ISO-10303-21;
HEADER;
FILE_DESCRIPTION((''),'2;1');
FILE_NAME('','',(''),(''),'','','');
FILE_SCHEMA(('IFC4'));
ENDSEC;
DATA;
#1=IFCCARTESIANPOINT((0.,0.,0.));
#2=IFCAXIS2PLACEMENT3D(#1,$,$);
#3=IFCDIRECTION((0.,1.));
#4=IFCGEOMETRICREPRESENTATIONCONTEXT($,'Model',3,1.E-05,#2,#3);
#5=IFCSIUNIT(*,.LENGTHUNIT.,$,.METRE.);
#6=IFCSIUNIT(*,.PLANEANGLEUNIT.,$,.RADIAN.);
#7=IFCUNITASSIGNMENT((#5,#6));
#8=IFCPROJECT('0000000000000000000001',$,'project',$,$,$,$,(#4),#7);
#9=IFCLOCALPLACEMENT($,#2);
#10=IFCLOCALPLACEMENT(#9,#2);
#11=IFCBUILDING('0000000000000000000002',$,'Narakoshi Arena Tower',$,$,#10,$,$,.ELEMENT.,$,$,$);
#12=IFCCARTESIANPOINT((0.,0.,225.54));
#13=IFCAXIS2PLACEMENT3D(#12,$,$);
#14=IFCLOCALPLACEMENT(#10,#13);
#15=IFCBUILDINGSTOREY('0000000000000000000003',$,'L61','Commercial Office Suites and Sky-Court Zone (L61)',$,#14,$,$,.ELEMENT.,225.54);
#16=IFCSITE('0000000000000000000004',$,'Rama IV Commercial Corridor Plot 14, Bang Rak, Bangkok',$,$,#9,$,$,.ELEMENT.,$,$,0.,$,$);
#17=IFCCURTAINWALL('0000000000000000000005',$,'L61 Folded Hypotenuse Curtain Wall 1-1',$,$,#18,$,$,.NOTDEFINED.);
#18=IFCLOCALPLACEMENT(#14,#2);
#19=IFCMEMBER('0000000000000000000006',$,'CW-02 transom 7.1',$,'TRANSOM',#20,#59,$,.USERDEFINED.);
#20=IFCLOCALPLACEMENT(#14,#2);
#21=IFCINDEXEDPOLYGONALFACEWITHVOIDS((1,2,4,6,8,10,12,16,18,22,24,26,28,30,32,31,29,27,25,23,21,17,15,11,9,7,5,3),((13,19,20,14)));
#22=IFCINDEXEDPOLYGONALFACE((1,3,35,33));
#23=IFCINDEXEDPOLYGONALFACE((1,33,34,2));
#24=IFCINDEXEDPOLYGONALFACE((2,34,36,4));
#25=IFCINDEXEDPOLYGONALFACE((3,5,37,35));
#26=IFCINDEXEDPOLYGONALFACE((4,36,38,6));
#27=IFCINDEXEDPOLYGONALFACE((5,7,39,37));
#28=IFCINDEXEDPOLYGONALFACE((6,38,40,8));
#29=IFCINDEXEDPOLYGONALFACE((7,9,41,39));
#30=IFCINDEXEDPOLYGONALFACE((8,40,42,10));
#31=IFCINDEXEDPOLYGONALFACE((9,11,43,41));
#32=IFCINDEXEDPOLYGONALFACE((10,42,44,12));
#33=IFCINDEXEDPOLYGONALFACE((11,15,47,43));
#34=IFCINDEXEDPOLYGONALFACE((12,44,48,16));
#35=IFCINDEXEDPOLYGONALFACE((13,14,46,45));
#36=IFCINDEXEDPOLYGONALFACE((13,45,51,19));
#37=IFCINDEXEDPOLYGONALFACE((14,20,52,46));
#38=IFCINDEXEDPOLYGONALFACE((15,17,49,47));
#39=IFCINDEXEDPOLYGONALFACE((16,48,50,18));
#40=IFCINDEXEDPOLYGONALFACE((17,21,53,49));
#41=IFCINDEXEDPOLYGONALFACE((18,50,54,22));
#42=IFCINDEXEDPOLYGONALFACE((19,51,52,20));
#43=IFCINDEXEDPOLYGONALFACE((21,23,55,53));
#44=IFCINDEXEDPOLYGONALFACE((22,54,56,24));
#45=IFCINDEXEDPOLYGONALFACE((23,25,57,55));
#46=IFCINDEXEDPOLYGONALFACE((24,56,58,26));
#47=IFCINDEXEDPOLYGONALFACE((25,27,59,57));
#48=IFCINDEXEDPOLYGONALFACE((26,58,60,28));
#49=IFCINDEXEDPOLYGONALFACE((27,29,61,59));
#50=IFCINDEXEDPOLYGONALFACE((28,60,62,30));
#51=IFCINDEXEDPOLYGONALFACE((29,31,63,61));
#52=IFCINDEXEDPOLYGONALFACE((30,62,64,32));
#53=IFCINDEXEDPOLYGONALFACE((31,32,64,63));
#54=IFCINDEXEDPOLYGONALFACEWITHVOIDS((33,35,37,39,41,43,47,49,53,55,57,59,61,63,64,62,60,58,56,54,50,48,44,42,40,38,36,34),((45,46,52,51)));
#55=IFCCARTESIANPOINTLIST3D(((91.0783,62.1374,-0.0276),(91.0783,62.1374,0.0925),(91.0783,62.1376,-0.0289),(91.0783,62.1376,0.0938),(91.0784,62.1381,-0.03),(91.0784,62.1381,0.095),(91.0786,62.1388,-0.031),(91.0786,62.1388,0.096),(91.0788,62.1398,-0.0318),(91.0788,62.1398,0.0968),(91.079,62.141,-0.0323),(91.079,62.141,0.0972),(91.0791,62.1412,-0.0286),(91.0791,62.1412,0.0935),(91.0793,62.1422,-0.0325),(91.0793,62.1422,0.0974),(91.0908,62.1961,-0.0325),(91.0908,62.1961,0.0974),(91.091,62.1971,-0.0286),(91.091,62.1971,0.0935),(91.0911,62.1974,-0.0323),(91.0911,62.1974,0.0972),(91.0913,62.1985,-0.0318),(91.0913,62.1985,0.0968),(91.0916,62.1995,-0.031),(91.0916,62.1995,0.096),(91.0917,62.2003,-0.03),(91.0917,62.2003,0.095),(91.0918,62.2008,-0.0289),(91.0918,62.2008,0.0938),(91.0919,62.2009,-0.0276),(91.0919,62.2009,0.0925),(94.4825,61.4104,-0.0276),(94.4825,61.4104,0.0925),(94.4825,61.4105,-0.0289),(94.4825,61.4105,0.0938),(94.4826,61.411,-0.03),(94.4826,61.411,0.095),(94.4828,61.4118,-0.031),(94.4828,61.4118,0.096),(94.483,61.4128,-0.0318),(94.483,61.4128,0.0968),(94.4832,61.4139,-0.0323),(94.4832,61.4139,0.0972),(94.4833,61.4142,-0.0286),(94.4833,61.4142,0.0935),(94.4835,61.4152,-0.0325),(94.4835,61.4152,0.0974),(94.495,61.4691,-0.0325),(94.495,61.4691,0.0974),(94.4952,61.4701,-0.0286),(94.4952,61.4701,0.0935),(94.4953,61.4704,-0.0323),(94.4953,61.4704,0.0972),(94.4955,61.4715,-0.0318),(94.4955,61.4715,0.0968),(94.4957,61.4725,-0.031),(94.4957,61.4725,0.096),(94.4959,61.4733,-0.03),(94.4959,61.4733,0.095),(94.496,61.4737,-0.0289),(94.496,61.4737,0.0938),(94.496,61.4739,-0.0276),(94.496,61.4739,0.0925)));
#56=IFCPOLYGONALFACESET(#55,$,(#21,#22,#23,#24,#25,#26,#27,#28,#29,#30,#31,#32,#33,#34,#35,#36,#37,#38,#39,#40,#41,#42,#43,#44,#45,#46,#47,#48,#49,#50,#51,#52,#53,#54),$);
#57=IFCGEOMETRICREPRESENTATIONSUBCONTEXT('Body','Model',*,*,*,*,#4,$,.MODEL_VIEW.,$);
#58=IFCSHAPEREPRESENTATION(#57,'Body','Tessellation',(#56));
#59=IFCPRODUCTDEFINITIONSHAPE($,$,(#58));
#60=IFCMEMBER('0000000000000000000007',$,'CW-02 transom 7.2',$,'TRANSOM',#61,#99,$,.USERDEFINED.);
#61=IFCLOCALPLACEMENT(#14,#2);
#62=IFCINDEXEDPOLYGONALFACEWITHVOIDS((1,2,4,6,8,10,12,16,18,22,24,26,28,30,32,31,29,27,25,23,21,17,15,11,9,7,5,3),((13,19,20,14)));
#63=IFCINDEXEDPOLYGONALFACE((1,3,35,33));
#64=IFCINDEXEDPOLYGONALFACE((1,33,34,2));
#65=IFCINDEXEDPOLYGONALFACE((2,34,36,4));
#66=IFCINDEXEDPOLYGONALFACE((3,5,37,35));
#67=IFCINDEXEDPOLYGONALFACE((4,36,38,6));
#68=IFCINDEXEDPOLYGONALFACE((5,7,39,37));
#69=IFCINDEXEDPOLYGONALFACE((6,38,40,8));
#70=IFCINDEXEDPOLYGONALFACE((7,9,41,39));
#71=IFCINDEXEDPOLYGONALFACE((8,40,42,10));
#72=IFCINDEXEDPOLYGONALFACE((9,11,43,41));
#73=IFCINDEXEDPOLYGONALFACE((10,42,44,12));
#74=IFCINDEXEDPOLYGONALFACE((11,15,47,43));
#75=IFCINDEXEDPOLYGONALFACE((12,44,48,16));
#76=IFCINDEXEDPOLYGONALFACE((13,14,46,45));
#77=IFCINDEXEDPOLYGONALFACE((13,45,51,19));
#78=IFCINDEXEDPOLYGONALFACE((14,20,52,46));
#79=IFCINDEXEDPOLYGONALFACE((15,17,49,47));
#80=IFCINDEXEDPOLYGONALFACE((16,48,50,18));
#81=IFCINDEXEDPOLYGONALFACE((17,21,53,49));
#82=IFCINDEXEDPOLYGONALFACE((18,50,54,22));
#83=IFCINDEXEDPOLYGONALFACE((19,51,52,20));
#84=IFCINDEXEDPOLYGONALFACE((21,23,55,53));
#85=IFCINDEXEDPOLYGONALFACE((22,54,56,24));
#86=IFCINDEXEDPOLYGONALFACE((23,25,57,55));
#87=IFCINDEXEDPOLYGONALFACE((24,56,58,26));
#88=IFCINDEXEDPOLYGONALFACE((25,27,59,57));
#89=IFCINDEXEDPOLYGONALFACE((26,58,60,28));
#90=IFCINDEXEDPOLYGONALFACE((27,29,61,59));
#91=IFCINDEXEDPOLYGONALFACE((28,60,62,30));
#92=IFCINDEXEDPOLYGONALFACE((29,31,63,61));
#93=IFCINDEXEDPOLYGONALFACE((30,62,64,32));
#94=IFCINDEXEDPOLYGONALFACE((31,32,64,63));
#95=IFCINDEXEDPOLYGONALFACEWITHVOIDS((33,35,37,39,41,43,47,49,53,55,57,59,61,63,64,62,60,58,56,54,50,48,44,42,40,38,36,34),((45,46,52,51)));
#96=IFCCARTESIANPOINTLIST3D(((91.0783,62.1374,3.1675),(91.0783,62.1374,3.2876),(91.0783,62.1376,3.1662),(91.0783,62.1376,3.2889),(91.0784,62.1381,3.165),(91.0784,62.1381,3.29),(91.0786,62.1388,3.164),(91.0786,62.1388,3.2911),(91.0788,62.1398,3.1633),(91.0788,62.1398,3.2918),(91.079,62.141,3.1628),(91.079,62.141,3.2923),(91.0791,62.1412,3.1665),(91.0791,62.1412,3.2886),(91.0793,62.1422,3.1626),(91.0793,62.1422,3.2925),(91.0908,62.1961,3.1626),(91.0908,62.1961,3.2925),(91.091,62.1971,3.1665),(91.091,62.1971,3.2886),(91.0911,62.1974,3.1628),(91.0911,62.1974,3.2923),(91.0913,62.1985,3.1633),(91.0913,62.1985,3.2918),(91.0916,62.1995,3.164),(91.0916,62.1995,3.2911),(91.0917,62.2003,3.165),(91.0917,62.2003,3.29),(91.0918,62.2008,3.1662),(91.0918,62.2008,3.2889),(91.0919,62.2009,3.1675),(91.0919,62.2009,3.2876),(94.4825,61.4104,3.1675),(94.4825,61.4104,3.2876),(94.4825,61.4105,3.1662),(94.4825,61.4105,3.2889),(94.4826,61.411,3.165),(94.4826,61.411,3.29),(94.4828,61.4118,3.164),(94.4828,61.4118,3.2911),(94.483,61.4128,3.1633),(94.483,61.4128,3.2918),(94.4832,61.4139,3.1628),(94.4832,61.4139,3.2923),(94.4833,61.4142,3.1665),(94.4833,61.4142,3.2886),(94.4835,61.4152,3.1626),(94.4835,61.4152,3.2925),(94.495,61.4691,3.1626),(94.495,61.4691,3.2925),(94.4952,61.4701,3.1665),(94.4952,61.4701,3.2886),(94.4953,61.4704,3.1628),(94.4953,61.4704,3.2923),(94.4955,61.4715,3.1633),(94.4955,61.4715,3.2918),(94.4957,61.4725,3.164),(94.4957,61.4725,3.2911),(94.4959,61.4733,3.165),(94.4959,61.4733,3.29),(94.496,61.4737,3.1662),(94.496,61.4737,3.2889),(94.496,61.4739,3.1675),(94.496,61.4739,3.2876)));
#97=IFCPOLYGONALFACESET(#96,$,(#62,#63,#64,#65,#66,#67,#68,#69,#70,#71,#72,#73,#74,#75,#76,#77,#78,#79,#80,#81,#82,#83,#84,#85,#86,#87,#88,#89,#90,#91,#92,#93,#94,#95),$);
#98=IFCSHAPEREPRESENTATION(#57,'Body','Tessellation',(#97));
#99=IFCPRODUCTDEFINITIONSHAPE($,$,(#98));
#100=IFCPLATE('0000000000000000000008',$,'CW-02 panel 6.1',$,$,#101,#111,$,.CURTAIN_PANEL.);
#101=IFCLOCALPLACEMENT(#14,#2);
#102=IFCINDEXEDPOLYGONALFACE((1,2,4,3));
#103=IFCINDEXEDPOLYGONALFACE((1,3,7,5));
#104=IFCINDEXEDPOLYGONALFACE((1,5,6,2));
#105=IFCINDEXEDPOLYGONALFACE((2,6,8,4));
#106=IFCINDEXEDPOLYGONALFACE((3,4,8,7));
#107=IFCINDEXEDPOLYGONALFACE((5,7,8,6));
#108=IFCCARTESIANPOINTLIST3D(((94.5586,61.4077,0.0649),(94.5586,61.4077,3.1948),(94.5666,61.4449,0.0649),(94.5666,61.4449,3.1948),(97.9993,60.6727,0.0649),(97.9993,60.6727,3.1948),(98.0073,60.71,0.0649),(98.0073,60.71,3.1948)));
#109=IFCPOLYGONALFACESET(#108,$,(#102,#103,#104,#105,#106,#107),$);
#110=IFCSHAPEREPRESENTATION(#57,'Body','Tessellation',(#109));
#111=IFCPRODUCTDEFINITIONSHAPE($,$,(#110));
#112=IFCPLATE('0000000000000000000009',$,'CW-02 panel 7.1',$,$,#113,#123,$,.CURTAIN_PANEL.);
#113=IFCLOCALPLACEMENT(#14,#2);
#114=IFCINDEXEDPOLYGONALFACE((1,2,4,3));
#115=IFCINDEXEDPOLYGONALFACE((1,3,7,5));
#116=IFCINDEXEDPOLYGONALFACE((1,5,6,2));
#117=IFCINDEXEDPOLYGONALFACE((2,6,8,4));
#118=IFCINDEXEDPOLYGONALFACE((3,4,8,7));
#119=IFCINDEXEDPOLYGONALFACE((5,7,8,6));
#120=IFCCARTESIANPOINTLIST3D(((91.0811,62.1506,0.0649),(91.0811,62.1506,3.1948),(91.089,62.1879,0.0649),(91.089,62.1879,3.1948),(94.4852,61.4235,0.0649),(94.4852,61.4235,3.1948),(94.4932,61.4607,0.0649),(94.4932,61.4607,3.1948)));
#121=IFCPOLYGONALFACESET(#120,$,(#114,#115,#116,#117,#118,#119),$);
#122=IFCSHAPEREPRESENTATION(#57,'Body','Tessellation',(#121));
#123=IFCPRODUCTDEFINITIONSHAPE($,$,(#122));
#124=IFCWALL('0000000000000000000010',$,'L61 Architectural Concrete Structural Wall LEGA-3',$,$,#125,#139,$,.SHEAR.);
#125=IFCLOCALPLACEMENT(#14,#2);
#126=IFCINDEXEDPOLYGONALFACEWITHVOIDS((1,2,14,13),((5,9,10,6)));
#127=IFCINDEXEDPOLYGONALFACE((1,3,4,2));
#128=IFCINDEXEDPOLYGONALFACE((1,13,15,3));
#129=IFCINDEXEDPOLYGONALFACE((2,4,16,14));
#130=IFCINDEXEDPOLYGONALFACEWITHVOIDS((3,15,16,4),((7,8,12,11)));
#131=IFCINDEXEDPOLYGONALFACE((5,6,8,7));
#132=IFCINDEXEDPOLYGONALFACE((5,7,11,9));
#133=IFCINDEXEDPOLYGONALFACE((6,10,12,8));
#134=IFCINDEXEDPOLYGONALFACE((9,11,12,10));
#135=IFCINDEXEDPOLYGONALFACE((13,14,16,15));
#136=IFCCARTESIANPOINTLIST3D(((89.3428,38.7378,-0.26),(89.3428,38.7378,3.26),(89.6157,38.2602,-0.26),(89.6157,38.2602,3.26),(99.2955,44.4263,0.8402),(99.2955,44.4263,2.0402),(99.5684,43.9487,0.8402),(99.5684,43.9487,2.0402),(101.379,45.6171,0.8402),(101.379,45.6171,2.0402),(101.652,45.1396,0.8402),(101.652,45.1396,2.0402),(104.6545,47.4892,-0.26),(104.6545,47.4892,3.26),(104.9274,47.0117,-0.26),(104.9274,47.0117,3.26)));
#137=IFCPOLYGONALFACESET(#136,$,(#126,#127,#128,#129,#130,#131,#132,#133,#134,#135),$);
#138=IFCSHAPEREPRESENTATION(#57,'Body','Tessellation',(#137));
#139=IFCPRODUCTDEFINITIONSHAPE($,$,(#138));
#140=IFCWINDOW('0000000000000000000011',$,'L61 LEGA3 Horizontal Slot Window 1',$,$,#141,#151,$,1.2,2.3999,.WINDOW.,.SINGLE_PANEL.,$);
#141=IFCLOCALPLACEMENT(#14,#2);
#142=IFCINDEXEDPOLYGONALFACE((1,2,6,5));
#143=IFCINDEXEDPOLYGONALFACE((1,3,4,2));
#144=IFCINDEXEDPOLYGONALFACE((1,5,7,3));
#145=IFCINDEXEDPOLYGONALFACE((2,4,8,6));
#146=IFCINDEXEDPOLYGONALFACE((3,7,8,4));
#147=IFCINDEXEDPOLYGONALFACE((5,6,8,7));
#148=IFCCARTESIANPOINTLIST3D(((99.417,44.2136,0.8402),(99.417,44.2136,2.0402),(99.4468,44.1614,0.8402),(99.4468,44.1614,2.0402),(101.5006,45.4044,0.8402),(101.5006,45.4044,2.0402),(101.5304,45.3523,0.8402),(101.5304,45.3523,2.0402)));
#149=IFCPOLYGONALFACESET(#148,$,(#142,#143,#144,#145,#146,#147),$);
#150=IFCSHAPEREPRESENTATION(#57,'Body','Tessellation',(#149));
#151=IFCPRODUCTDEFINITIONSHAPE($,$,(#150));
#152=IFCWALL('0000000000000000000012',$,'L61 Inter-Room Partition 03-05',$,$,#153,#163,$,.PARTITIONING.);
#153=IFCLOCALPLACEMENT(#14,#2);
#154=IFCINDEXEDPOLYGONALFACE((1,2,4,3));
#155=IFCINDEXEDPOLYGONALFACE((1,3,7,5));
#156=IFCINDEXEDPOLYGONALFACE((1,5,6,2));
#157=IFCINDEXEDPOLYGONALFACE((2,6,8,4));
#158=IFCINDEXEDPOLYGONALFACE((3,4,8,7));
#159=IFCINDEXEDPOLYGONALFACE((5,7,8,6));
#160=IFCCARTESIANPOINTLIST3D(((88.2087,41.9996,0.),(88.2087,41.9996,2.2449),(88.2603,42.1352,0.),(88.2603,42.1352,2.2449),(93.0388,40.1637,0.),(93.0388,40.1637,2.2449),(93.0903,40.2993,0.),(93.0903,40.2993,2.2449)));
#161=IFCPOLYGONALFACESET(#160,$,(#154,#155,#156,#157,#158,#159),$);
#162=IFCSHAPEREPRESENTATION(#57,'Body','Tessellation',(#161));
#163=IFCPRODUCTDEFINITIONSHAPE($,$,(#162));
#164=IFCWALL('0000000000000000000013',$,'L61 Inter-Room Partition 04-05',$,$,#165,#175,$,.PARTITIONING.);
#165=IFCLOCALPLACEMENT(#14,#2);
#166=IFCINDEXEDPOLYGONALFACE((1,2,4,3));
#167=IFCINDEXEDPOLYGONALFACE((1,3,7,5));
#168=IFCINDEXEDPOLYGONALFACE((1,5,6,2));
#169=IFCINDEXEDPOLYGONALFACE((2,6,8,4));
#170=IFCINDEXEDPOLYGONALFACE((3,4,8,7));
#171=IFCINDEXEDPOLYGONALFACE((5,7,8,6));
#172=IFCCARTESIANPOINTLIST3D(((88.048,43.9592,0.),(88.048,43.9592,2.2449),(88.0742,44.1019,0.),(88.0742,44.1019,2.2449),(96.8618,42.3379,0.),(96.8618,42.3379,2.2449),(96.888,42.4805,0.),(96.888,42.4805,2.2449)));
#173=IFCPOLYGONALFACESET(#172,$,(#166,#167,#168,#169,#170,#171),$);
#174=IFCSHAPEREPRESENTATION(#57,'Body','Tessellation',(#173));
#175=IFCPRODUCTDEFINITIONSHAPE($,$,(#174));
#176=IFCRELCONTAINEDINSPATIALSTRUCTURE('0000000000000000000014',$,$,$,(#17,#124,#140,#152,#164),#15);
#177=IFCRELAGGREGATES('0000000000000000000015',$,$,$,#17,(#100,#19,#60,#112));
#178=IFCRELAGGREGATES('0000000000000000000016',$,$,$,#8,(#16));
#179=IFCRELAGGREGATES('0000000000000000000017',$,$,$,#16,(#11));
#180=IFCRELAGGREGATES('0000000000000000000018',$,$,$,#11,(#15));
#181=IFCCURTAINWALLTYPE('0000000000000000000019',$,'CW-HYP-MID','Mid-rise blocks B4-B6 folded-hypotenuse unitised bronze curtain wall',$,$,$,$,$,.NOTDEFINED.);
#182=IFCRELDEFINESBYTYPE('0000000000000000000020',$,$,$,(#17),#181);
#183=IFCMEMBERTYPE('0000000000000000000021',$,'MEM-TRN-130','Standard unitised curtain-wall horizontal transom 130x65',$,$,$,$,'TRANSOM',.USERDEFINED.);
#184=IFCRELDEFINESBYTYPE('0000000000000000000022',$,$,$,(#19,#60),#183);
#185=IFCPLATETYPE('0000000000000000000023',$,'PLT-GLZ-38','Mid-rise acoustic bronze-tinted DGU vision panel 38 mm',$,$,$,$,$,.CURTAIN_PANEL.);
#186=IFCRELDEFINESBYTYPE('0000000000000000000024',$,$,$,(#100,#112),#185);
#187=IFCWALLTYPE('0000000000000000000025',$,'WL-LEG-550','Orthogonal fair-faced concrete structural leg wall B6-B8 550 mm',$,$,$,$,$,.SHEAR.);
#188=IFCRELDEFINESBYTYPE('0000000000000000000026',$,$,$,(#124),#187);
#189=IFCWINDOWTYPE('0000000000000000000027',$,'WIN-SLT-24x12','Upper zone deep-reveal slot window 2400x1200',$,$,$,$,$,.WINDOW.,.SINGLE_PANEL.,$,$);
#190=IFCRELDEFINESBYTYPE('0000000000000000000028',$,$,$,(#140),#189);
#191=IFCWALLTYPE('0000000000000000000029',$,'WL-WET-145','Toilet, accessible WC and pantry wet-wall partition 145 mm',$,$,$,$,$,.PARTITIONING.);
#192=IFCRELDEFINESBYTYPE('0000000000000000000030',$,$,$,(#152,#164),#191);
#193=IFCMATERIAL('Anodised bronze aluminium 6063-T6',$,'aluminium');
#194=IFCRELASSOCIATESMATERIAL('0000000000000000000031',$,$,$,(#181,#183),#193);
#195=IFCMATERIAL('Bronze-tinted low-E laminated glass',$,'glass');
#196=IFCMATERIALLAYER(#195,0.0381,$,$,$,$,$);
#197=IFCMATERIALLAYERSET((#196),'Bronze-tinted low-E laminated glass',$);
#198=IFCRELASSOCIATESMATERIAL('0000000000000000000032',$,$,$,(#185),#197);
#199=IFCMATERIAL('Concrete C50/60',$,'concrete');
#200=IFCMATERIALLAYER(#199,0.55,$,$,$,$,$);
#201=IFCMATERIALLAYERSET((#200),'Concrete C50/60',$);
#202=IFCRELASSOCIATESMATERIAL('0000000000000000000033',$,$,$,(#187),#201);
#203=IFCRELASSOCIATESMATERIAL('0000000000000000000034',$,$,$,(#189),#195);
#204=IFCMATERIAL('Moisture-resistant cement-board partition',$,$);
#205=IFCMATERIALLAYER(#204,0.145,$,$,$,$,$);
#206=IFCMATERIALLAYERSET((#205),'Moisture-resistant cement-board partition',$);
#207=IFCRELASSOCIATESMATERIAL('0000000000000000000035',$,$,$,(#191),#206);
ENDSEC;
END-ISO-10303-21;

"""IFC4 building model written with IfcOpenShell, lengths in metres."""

from ifc_helpers import new_model, si_unit, direction, frame, frame_2d, origin, origin_2d, place, context, subcontext, project, spatial, rectangle, hollow_rectangle, extrude, material, layer, layer_set, material_profile, profile_set, type_object, element, fill, aggregate, save


model = new_model("IFC4")

# Units and contexts
model_context = context("Model", 3, precision=1e-05, world=origin(), true_north=direction((0.0, 1.0)))
body_context = subcontext(model_context, "Body", "Model", "MODEL_VIEW")
ifc_project = project(units=[si_unit("LENGTHUNIT", "METRE"), si_unit("PLANEANGLEUNIT", "RADIAN")], contexts=[model_context])

# Site, building, storey
site_placement = place(None, origin())
site = spatial("IfcSite", under=ifc_project, at=site_placement, Name="Rama IV Commercial Corridor Plot 14, Bang Rak, Bangkok", CompositionType="ELEMENT", RefElevation=0.0)
building_placement = place(site_placement, origin())
building = spatial("IfcBuilding", under=site, at=building_placement, Name="Narakoshi Arena Tower", CompositionType="ELEMENT")
storey_placement = place(building_placement, frame((0.0, 0.0, 225.54)))
storey = spatial("IfcBuildingStorey", under=building, at=storey_placement, Name="L61", Description="Commercial Office Suites and Sky-Court Zone (L61)", CompositionType="ELEMENT", Elevation=225.54)

# Shared definitions
ifc_material_1 = material(Name="Concrete C50/60", Category="concrete")

# Curtain wall, members, plates
ifc_material_2 = material(Name="Anodised bronze aluminium 6063-T6", Category="aluminium")
curtain_wall_type = type_object("IfcCurtainWallType", Name="CW-HYP-MID", Description="Mid-rise blocks B4-B6 folded-hypotenuse unitised bronze curtain wall", PredefinedType="NOTDEFINED", material=ifc_material_2)
curtain_wall_placement = place(storey_placement, origin())
curtain_wall = element("IfcCurtainWall", 1, at=curtain_wall_placement, inside=storey, type_object=curtain_wall_type, Name="L61 Folded Hypotenuse Curtain Wall 1-1", PredefinedType="NOTDEFINED")
ifc_material_profile_1 = material_profile(ifc_material_2, hollow_rectangle(XDim=0.0649, YDim=0.1299, WallThickness=0.0039, OuterFilletRadius=0.0049, at=origin_2d()), Name="TRN130x65x4")
ifc_profile_set_1 = profile_set([ifc_material_profile_1], Name="Anodised bronze aluminium 6063-T6")
member_type_1 = type_object("IfcMemberType", Name="MEM-TRN-130", Description="Standard unitised curtain-wall horizontal transom 130x65", ElementType="TRANSOM", PredefinedType="USERDEFINED", material=ifc_profile_set_1)
member_1_placement = place(storey_placement, frame((94.4893, 61.4421, 0.0325), z_axis=(-0.977946, 0.208858, 0.0), x_axis=(-0.208858, -0.977946, 0.0)))
member_1 = element("IfcMember", 2, at=member_1_placement, type_object=member_type_1, Name="CW-02 transom 7.1", ObjectType="TRANSOM", PredefinedType="USERDEFINED", context=body_context, shape_type="SweptSolid", body=[
    extrude(hollow_rectangle(XDim=0.0649, YDim=0.1299, WallThickness=0.0039, OuterFilletRadius=0.0049, at=origin_2d()), origin(), (0.0, 0.0, 1.0), 3.481),
])
member_2_placement = place(storey_placement, frame((94.4893, 61.4421, 3.2275), z_axis=(-0.977946, 0.208858, 0.0), x_axis=(-0.208858, -0.977946, 0.0)))
member_2 = element("IfcMember", 3, at=member_2_placement, type_object=member_type_1, Name="CW-02 transom 7.2", ObjectType="TRANSOM", PredefinedType="USERDEFINED", context=body_context, shape_type="SweptSolid", body=[
    extrude(hollow_rectangle(XDim=0.0649, YDim=0.1299, WallThickness=0.0039, OuterFilletRadius=0.0049, at=origin_2d()), origin(), (0.0, 0.0, 1.0), 3.481),
])
ifc_material_3 = material(Name="Bronze-tinted low-E laminated glass", Category="glass")
ifc_layer_1 = layer(ifc_material_3, 0.0381)
ifc_layer_set_1 = layer_set([ifc_layer_1], Name="Bronze-tinted low-E laminated glass")
plate_type = type_object("IfcPlateType", Name="PLT-GLZ-38", Description="Mid-rise acoustic bronze-tinted DGU vision panel 38 mm", PredefinedType="CURTAIN_PANEL", material=ifc_layer_set_1)
plate_1_placement = place(storey_placement, frame((96.283, 61.0588, 0.0649), z_axis=(0.0, 0.0, 1.0), x_axis=(-0.977937, 0.208899, 0.0)))
plate_1 = element("IfcPlate", 4, at=plate_1_placement, type_object=plate_type, Name="CW-02 panel 6.1", PredefinedType="CURTAIN_PANEL", context=body_context, shape_type="SweptSolid", body=[
    extrude(rectangle(XDim=3.5183, YDim=0.0381, at=origin_2d()), origin(), (0.0, 0.0, 1.0), 3.1299),
])
plate_2_placement = place(storey_placement, frame((92.7871, 61.8057, 0.0649), z_axis=(0.0, 0.0, 1.0), x_axis=(-0.977937, 0.208899, 0.0)))
plate_2 = element("IfcPlate", 5, at=plate_2_placement, type_object=plate_type, Name="CW-02 panel 7.1", PredefinedType="CURTAIN_PANEL", context=body_context, shape_type="SweptSolid", body=[
    extrude(rectangle(XDim=3.481, YDim=0.0381, at=origin_2d()), origin(), (0.0, 0.0, 1.0), 3.1299),
])
aggregate(curtain_wall, [plate_1, member_1, member_2, plate_2])

# Wall, opening, window
ifc_layer_2 = layer(ifc_material_1, 0.55)
ifc_layer_set_2 = layer_set([ifc_layer_2], Name="Concrete C50/60")
wall_type_1 = type_object("IfcWallType", Name="WL-LEG-550", Description="Orthogonal fair-faced concrete structural leg wall B6-B8 550 mm", PredefinedType="SHEAR", material=ifc_layer_set_2)
wall_1_placement = place(storey_placement, frame((89.4792, 38.499, -0.26), z_axis=(0.0, 0.0, 1.0), x_axis=(0.868197, 0.496219, 0.0)))
wall_1 = element("IfcWall", 6, at=wall_1_placement, inside=storey, type_object=wall_type_1, Name="L61 Architectural Concrete Structural Wall LEGA-3", PredefinedType="SHEAR", context=body_context, shape_type="SweptSolid", body=[
    extrude(rectangle(XDim=17.6362, YDim=0.55, at=frame_2d((8.8181, 0.0))), origin(), (0.0, 0.0, 1.0), 3.52),
])
opening_placement = place(wall_1_placement, frame((11.4636, 0.0, 1.1001)))
opening = element("IfcOpeningElement", 7, at=opening_placement, cuts=wall_1, PredefinedType="OPENING", context=body_context, shape_type="SweptSolid", body=[
    extrude(rectangle(XDim=2.3999, YDim=1.2, at=frame_2d((1.2, 0.6001))), frame((0.0, 0.2849, 0.0), z_axis=(0.0, -1.0, 0.0), x_axis=(1.0, 0.0, 0.0)), (0.0, 0.0, 1.0), 0.5701),
])
window_type = type_object("IfcWindowType", Name="WIN-SLT-24x12", Description="Upper zone deep-reveal slot window 2400x1200", PartitioningType="SINGLE_PANEL", PredefinedType="WINDOW", material=ifc_material_3)
window_placement = place(opening_placement, origin())
window = element("IfcWindow", 8, at=window_placement, inside=storey, type_object=window_type, Name="L61 LEGA3 Horizontal Slot Window 1", OverallHeight=1.2, OverallWidth=2.3999, PartitioningType="SINGLE_PANEL", PredefinedType="WINDOW", context=body_context, shape_type="SweptSolid", body=[
    extrude(rectangle(XDim=2.3999, YDim=1.2, at=frame_2d((1.2, 0.6001))), frame((0.0, 0.03, 0.0), z_axis=(0.0, -1.0, 0.0), x_axis=(1.0, 0.0, 0.0)), (0.0, 0.0, 1.0), 0.0601),
])
fill(opening, window)

# Walls
ifc_material_4 = material(Name="Moisture-resistant cement-board partition")
ifc_layer_3 = layer(ifc_material_4, 0.145)
ifc_layer_set_3 = layer_set([ifc_layer_3], Name="Moisture-resistant cement-board partition")
wall_type_2 = type_object("IfcWallType", Name="WL-WET-145", Description="Toilet, accessible WC and pantry wet-wall partition 145 mm", PredefinedType="PARTITIONING", material=ifc_layer_set_3)
wall_2_placement = place(storey_placement, frame((88.2346, 42.0674, 0.0), z_axis=(0.0, 0.0, 1.0), x_axis=(0.934751, -0.355304, 0.0)))
element("IfcWall", 9, at=wall_2_placement, inside=storey, type_object=wall_type_2, Name="L61 Inter-Room Partition 03-05", PredefinedType="PARTITIONING", context=body_context, shape_type="SweptSolid", body=[
    extrude(rectangle(XDim=5.1672, YDim=0.145, at=frame_2d((2.5835, 0.0))), origin(), (0.0, 0.0, 1.0), 2.2449),
])
wall_3_placement = place(storey_placement, frame((96.875, 42.4092, 0.0), z_axis=(0.0, 0.0, 1.0), x_axis=(-0.983498, 0.18092, 0.0)))
element("IfcWall", 10, at=wall_3_placement, inside=storey, type_object=wall_type_2, Name="L61 Inter-Room Partition 04-05", PredefinedType="PARTITIONING", context=body_context, shape_type="SweptSolid", body=[
    extrude(rectangle(XDim=8.9617, YDim=0.145, at=frame_2d((4.481, 0.0))), origin(), (0.0, 0.0, 1.0), 2.2449),
])

save(model, "model.ifc")
